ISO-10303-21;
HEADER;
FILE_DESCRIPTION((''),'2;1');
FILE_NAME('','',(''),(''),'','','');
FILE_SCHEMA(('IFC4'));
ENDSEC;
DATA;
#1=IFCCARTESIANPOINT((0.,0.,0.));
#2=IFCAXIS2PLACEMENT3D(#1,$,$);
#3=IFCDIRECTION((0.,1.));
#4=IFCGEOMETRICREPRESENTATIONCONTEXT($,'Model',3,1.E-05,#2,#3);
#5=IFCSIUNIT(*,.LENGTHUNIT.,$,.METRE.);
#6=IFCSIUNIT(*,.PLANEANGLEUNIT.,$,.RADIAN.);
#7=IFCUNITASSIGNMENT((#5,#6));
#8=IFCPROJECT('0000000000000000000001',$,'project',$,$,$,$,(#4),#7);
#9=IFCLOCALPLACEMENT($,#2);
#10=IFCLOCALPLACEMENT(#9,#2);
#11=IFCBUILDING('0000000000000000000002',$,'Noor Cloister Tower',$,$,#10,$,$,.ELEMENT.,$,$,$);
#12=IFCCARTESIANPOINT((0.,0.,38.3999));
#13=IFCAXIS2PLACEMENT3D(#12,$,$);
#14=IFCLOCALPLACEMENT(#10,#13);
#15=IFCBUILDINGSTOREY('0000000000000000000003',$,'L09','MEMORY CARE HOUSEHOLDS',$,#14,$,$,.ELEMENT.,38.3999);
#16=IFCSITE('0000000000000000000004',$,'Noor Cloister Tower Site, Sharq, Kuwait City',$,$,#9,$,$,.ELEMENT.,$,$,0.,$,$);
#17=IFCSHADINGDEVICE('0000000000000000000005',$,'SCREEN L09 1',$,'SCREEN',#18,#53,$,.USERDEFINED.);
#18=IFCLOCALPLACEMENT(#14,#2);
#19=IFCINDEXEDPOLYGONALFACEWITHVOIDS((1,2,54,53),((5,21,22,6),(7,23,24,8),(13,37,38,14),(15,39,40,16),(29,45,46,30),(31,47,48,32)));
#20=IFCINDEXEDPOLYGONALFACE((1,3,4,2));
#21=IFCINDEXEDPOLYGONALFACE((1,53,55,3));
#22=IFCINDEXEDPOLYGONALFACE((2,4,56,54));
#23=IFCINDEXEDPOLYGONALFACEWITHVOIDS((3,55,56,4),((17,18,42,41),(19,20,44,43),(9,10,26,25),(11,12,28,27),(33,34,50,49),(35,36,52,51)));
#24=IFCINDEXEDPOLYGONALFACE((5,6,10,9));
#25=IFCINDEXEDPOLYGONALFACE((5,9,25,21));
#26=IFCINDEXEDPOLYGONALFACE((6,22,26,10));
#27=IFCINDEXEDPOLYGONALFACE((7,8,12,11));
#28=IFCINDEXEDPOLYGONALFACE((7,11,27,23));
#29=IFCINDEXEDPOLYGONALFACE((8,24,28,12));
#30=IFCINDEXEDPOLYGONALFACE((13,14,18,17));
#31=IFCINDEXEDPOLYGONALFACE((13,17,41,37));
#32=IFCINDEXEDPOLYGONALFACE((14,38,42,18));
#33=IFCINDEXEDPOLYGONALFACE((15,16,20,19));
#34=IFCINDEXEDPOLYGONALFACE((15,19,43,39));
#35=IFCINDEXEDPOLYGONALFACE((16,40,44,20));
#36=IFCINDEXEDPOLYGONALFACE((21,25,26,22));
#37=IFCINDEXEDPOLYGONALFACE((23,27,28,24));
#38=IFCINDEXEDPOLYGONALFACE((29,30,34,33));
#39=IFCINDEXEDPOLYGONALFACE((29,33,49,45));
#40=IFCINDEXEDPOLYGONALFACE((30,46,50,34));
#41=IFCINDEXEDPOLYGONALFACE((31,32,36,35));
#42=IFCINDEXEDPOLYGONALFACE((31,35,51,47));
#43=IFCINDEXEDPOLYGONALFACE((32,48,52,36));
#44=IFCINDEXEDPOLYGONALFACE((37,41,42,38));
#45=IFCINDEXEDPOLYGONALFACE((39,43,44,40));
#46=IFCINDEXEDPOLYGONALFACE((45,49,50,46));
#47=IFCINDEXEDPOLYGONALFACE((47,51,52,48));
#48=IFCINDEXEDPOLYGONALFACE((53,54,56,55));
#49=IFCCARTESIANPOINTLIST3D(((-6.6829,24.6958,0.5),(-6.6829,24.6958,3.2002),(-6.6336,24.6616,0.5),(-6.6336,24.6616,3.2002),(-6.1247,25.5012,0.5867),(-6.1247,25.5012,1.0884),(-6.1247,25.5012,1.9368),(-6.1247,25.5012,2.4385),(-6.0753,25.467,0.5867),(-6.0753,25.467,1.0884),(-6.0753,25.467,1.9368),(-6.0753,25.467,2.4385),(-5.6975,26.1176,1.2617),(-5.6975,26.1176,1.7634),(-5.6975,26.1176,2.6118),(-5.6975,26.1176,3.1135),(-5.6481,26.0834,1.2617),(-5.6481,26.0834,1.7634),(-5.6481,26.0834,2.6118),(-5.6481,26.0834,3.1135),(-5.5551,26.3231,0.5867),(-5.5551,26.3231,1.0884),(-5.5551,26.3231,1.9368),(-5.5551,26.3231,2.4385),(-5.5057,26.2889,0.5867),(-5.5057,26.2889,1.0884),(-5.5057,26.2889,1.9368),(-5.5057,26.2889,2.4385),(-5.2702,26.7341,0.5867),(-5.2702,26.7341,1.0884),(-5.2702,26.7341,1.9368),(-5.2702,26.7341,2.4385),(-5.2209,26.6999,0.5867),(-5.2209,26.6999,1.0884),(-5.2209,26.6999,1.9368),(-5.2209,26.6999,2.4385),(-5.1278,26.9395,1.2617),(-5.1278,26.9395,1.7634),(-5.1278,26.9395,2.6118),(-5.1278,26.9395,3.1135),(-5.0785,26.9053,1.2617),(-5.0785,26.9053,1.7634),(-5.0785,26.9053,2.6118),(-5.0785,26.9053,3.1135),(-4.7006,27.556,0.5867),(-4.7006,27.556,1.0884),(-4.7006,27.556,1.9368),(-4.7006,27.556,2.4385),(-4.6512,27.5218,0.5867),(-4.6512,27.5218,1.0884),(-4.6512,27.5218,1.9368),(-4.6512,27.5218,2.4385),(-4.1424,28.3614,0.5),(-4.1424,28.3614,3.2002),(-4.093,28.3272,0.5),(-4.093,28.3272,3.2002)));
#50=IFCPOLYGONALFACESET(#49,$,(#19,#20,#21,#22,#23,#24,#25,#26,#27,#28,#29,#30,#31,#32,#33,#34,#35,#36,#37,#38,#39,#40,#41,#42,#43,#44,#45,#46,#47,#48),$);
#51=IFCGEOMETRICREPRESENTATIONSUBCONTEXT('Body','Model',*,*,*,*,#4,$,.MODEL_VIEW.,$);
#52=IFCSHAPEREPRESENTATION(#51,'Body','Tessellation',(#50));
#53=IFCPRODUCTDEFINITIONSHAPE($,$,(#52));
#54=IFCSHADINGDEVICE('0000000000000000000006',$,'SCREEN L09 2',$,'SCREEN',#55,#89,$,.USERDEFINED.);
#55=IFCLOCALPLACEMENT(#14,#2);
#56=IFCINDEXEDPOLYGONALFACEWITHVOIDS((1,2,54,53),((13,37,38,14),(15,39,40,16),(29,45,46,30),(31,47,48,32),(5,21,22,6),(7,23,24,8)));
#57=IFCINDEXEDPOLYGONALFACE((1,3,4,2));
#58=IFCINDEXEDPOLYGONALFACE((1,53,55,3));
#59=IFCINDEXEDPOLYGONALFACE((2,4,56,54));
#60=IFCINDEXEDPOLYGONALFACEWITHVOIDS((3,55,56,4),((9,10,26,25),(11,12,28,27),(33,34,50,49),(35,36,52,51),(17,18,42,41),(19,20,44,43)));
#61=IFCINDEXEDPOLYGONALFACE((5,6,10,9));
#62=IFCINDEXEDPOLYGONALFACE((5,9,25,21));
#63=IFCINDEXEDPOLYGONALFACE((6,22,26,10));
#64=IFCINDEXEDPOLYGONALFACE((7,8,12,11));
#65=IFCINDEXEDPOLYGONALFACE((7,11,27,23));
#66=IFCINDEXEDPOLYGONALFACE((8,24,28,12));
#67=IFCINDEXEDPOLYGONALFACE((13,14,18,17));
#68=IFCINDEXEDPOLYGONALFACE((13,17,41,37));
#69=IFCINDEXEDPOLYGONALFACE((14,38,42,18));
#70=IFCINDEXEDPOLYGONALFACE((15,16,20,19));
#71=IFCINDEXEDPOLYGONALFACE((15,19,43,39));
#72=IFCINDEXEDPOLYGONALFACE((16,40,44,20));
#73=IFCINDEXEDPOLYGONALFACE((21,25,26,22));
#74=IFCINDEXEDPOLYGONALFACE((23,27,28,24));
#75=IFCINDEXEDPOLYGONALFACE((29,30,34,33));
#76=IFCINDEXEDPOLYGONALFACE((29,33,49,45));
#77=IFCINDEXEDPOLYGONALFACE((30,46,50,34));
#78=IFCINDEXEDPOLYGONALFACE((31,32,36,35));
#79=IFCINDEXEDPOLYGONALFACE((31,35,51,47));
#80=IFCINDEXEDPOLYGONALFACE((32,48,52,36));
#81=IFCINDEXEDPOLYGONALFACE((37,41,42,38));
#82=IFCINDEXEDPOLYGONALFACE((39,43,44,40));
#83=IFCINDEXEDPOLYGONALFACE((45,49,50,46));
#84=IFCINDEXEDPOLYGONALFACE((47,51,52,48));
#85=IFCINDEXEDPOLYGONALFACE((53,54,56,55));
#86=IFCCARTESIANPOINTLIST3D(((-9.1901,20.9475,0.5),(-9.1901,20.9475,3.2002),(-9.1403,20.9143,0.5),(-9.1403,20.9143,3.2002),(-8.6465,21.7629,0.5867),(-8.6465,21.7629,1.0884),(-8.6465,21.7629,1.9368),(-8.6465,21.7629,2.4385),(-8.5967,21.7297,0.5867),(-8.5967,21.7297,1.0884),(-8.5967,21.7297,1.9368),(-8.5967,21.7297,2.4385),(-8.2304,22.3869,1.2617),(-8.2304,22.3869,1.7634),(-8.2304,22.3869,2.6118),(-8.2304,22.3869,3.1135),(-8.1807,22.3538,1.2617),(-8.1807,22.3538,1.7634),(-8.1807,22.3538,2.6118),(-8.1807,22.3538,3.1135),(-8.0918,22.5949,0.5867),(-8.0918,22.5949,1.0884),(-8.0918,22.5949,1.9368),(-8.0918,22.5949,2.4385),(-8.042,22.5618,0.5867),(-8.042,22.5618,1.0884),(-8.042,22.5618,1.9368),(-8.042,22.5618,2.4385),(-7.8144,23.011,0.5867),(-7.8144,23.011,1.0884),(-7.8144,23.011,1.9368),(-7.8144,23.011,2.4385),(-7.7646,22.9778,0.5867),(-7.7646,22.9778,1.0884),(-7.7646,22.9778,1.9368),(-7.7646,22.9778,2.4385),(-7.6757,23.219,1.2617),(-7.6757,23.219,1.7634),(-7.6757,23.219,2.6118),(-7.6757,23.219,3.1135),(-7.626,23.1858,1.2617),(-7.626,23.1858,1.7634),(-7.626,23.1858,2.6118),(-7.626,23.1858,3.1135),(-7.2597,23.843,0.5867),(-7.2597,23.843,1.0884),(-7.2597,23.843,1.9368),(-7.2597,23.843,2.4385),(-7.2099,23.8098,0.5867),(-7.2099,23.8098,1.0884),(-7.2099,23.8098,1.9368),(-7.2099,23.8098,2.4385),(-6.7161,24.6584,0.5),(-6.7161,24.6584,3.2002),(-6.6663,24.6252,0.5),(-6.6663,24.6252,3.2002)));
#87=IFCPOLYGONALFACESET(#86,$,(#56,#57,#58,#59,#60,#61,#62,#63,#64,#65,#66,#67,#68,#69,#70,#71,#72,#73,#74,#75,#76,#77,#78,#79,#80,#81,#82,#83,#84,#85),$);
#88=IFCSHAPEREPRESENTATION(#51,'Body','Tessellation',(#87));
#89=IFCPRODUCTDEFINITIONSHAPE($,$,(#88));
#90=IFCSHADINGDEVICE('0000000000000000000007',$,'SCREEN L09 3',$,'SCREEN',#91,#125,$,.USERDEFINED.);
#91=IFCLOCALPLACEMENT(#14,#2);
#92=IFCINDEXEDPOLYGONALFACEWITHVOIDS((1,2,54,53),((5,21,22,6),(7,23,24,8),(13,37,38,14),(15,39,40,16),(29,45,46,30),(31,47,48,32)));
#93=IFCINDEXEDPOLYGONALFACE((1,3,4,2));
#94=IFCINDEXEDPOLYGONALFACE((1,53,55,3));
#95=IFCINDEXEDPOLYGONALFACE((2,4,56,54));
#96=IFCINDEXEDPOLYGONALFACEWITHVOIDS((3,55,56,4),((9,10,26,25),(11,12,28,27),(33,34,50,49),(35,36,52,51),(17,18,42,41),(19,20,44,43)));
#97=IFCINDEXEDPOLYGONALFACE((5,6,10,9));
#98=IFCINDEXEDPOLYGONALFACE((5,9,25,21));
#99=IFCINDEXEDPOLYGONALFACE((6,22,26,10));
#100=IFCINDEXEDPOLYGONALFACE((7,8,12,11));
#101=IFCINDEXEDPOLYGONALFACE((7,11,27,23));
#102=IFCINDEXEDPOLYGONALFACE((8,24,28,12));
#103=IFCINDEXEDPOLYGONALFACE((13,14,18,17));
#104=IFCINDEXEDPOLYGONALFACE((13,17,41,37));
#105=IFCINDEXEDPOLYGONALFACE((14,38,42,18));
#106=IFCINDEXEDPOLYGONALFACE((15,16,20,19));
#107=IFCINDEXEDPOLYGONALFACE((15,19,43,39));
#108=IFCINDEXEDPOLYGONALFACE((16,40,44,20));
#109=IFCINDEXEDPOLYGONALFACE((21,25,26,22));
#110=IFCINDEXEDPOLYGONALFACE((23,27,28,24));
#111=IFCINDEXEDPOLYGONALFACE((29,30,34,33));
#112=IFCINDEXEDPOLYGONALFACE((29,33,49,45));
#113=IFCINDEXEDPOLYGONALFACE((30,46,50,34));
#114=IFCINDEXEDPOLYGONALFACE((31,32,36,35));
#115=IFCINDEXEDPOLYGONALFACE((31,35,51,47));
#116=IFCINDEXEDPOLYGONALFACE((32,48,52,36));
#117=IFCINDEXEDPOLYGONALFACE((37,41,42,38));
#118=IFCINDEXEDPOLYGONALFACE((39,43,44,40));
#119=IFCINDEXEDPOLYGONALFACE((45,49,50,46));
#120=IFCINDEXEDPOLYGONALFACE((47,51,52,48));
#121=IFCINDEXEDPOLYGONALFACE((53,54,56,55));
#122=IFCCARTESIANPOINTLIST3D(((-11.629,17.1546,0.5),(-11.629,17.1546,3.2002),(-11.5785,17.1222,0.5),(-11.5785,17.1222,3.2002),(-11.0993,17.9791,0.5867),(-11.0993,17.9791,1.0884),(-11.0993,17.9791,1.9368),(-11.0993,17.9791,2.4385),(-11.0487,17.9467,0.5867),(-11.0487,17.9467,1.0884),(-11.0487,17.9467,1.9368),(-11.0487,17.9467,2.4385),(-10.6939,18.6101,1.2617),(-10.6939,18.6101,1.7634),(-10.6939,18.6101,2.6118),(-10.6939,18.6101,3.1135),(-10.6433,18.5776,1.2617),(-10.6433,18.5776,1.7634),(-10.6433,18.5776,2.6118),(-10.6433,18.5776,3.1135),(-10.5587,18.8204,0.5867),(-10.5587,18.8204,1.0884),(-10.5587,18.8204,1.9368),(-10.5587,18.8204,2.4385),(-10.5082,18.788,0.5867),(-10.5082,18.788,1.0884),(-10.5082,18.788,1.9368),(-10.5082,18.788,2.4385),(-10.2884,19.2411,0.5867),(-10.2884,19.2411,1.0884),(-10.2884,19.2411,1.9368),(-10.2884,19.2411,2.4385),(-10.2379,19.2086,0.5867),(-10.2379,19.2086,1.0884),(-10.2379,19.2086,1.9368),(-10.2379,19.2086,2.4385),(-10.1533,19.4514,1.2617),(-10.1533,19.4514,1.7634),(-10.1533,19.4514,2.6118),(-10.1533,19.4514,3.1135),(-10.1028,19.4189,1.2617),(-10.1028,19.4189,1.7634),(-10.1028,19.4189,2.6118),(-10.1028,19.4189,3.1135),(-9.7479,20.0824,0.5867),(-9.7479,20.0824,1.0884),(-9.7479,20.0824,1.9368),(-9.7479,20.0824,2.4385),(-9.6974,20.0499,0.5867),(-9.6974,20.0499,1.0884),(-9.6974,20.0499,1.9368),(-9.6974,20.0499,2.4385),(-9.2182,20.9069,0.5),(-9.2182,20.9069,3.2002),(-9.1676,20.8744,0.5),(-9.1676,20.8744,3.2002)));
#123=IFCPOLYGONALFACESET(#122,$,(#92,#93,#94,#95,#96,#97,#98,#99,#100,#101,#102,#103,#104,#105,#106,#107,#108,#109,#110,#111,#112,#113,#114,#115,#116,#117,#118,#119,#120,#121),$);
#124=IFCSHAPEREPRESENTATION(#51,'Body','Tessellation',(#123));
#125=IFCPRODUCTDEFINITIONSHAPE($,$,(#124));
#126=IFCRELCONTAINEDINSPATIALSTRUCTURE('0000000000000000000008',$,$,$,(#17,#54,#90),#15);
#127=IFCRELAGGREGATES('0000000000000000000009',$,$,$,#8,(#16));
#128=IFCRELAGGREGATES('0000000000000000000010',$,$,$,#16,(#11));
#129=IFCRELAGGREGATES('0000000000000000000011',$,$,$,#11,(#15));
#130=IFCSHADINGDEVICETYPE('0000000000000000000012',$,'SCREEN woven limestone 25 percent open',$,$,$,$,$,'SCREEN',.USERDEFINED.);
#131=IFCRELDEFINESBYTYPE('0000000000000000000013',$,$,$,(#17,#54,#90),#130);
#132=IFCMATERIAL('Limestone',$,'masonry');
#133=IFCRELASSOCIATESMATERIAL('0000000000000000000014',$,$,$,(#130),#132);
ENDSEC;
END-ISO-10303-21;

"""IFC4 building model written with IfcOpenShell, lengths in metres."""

from ifc_helpers import new_model, si_unit, direction, frame, origin, place, context, subcontext, project, spatial, polyline, outline, extrude, material, material_profile, profile_set, type_object, element, save


model = new_model("IFC4")

# Units and contexts
model_context = context("Model", 3, precision=1e-05, world=origin(), true_north=direction((0.0, 1.0)))
body_context = subcontext(model_context, "Body", "Model", "MODEL_VIEW")
ifc_project = project(units=[si_unit("LENGTHUNIT", "METRE"), si_unit("PLANEANGLEUNIT", "RADIAN")], contexts=[model_context])

# Site, building, storey
site_placement = place(None, origin())
site = spatial("IfcSite", under=ifc_project, at=site_placement, Name="Noor Cloister Tower Site, Sharq, Kuwait City", CompositionType="ELEMENT", RefElevation=0.0)
building_placement = place(site_placement, origin())
building = spatial("IfcBuilding", under=site, at=building_placement, Name="Noor Cloister Tower", CompositionType="ELEMENT")
storey_placement = place(building_placement, frame((0.0, 0.0, 38.3999)))
storey = spatial("IfcBuildingStorey", under=building, at=storey_placement, Name="L09", Description="MEMORY CARE HOUSEHOLDS", CompositionType="ELEMENT", Elevation=38.3999)

# Shading devices
ifc_material_1 = material(Name="Limestone", Category="masonry")
ifc_material_profile_1 = material_profile(ifc_material_1, outline(polyline([(-2.23, -1.3501), (2.23, -1.3501), (2.23, 1.3501), (-2.23, 1.3501), (-2.23, -1.3501)]), holes=[polyline([(-1.25, -1.2634), (-0.25, -1.2634), (-0.25, -0.7617), (-1.25, -0.7617), (-1.25, -1.2634)]), polyline([(0.25, -1.2634), (1.25, -1.2634), (1.25, -0.7617), (0.25, -0.7617), (0.25, -1.2634)]), polyline([(-0.5, -0.5884), (0.5, -0.5884), (0.5, -0.0867), (-0.5, -0.0867), (-0.5, -0.5884)]), polyline([(-1.25, 0.0867), (-0.25, 0.0867), (-0.25, 0.5884), (-1.25, 0.5884), (-1.25, 0.0867)]), polyline([(0.25, 0.0867), (1.25, 0.0867), (1.25, 0.5884), (0.25, 0.5884), (0.25, 0.0867)]), polyline([(-0.5, 0.7617), (0.5, 0.7617), (0.5, 1.2634), (-0.5, 1.2634), (-0.5, 0.7617)])]), Name="Woven screen 25 percent open")
ifc_profile_set_1 = profile_set([ifc_material_profile_1], Name="Limestone")
shading_device_type = type_object("IfcShadingDeviceType", Name="SCREEN woven limestone 25 percent open", ElementType="SCREEN", PredefinedType="USERDEFINED", material=ifc_profile_set_1)
shading_device_1_placement = place(storey_placement, frame((-5.3633, 26.4944, 1.8501), z_axis=(-0.821899, 0.569633, 0.0), x_axis=(-0.569633, -0.821899, 0.0)))
element("IfcShadingDevice", 1, at=shading_device_1_placement, inside=storey, type_object=shading_device_type, Name="SCREEN L09 1", ObjectType="SCREEN", PredefinedType="USERDEFINED", context=body_context, shape_type="SweptSolid", body=[
    extrude(outline(polyline([(-2.23, -1.3501), (2.23, -1.3501), (2.23, 1.3501), (-2.23, 1.3501), (-2.23, -1.3501)]), holes=[polyline([(-1.25, -1.2634), (-0.25, -1.2634), (-0.25, -0.7617), (-1.25, -0.7617), (-1.25, -1.2634)]), polyline([(0.25, -1.2634), (1.25, -1.2634), (1.25, -0.7617), (0.25, -0.7617), (0.25, -1.2634)]), polyline([(-0.5, -0.5884), (0.5, -0.5884), (0.5, -0.0867), (-0.5, -0.0867), (-0.5, -0.5884)]), polyline([(-1.25, 0.0867), (-0.25, 0.0867), (-0.25, 0.5884), (-1.25, 0.5884), (-1.25, 0.0867)]), polyline([(0.25, 0.0867), (1.25, 0.0867), (1.25, 0.5884), (0.25, 0.5884), (0.25, 0.0867)]), polyline([(-0.5, 0.7617), (0.5, 0.7617), (0.5, 1.2634), (-0.5, 1.2634), (-0.5, 0.7617)])]), origin(), (0.0, 0.0, 1.0), 0.0601),
])
shading_device_2_placement = place(storey_placement, frame((-7.9033, 22.7698, 1.8501), z_axis=(-0.83205, 0.5547, 0.0), x_axis=(-0.5547, -0.83205, 0.0)))
element("IfcShadingDevice", 2, at=shading_device_2_placement, inside=storey, type_object=shading_device_type, Name="SCREEN L09 2", ObjectType="SCREEN", PredefinedType="USERDEFINED", context=body_context, shape_type="SweptSolid", body=[
    extrude(outline(polyline([(-2.23, -1.3501), (2.23, -1.3501), (2.23, 1.3501), (-2.23, 1.3501), (-2.23, -1.3501)]), holes=[polyline([(-1.25, -1.2634), (-0.25, -1.2634), (-0.25, -0.7617), (-1.25, -0.7617), (-1.25, -1.2634)]), polyline([(0.25, -1.2634), (1.25, -1.2634), (1.25, -0.7617), (0.25, -0.7617), (0.25, -1.2634)]), polyline([(-0.5, -0.5884), (0.5, -0.5884), (0.5, -0.0867), (-0.5, -0.0867), (-0.5, -0.5884)]), polyline([(-1.25, 0.0867), (-0.25, 0.0867), (-0.25, 0.5884), (-1.25, 0.5884), (-1.25, 0.0867)]), polyline([(0.25, 0.0867), (1.25, 0.0867), (1.25, 0.5884), (0.25, 0.5884), (0.25, 0.0867)]), polyline([(-0.5, 0.7617), (0.5, 0.7617), (0.5, 1.2634), (-0.5, 1.2634), (-0.5, 0.7617)])]), origin(), (0.0, 0.0, 1.0), 0.0598),
])
shading_device_3_placement = place(storey_placement, frame((-10.373, 18.9983, 1.8501), z_axis=(-0.841311, 0.540552, 0.0), x_axis=(-0.540552, -0.841311, 0.0)))
element("IfcShadingDevice", 3, at=shading_device_3_placement, inside=storey, type_object=shading_device_type, Name="SCREEN L09 3", ObjectType="SCREEN", PredefinedType="USERDEFINED", context=body_context, shape_type="SweptSolid", body=[
    extrude(outline(polyline([(-2.23, -1.3501), (2.23, -1.3501), (2.23, 1.3501), (-2.23, 1.3501), (-2.23, -1.3501)]), holes=[polyline([(-1.25, -1.2634), (-0.25, -1.2634), (-0.25, -0.7617), (-1.25, -0.7617), (-1.25, -1.2634)]), polyline([(0.25, -1.2634), (1.25, -1.2634), (1.25, -0.7617), (0.25, -0.7617), (0.25, -1.2634)]), polyline([(-0.5, -0.5884), (0.5, -0.5884), (0.5, -0.0867), (-0.5, -0.0867), (-0.5, -0.5884)]), polyline([(-1.25, 0.0867), (-0.25, 0.0867), (-0.25, 0.5884), (-1.25, 0.5884), (-1.25, 0.0867)]), polyline([(0.25, 0.0867), (1.25, 0.0867), (1.25, 0.5884), (0.25, 0.5884), (0.25, 0.0867)]), polyline([(-0.5, 0.7617), (0.5, 0.7617), (0.5, 1.2634), (-0.5, 1.2634), (-0.5, 0.7617)])]), origin(), (0.0, 0.0, 1.0), 0.0601),
])

save(model, "model.ifc")
